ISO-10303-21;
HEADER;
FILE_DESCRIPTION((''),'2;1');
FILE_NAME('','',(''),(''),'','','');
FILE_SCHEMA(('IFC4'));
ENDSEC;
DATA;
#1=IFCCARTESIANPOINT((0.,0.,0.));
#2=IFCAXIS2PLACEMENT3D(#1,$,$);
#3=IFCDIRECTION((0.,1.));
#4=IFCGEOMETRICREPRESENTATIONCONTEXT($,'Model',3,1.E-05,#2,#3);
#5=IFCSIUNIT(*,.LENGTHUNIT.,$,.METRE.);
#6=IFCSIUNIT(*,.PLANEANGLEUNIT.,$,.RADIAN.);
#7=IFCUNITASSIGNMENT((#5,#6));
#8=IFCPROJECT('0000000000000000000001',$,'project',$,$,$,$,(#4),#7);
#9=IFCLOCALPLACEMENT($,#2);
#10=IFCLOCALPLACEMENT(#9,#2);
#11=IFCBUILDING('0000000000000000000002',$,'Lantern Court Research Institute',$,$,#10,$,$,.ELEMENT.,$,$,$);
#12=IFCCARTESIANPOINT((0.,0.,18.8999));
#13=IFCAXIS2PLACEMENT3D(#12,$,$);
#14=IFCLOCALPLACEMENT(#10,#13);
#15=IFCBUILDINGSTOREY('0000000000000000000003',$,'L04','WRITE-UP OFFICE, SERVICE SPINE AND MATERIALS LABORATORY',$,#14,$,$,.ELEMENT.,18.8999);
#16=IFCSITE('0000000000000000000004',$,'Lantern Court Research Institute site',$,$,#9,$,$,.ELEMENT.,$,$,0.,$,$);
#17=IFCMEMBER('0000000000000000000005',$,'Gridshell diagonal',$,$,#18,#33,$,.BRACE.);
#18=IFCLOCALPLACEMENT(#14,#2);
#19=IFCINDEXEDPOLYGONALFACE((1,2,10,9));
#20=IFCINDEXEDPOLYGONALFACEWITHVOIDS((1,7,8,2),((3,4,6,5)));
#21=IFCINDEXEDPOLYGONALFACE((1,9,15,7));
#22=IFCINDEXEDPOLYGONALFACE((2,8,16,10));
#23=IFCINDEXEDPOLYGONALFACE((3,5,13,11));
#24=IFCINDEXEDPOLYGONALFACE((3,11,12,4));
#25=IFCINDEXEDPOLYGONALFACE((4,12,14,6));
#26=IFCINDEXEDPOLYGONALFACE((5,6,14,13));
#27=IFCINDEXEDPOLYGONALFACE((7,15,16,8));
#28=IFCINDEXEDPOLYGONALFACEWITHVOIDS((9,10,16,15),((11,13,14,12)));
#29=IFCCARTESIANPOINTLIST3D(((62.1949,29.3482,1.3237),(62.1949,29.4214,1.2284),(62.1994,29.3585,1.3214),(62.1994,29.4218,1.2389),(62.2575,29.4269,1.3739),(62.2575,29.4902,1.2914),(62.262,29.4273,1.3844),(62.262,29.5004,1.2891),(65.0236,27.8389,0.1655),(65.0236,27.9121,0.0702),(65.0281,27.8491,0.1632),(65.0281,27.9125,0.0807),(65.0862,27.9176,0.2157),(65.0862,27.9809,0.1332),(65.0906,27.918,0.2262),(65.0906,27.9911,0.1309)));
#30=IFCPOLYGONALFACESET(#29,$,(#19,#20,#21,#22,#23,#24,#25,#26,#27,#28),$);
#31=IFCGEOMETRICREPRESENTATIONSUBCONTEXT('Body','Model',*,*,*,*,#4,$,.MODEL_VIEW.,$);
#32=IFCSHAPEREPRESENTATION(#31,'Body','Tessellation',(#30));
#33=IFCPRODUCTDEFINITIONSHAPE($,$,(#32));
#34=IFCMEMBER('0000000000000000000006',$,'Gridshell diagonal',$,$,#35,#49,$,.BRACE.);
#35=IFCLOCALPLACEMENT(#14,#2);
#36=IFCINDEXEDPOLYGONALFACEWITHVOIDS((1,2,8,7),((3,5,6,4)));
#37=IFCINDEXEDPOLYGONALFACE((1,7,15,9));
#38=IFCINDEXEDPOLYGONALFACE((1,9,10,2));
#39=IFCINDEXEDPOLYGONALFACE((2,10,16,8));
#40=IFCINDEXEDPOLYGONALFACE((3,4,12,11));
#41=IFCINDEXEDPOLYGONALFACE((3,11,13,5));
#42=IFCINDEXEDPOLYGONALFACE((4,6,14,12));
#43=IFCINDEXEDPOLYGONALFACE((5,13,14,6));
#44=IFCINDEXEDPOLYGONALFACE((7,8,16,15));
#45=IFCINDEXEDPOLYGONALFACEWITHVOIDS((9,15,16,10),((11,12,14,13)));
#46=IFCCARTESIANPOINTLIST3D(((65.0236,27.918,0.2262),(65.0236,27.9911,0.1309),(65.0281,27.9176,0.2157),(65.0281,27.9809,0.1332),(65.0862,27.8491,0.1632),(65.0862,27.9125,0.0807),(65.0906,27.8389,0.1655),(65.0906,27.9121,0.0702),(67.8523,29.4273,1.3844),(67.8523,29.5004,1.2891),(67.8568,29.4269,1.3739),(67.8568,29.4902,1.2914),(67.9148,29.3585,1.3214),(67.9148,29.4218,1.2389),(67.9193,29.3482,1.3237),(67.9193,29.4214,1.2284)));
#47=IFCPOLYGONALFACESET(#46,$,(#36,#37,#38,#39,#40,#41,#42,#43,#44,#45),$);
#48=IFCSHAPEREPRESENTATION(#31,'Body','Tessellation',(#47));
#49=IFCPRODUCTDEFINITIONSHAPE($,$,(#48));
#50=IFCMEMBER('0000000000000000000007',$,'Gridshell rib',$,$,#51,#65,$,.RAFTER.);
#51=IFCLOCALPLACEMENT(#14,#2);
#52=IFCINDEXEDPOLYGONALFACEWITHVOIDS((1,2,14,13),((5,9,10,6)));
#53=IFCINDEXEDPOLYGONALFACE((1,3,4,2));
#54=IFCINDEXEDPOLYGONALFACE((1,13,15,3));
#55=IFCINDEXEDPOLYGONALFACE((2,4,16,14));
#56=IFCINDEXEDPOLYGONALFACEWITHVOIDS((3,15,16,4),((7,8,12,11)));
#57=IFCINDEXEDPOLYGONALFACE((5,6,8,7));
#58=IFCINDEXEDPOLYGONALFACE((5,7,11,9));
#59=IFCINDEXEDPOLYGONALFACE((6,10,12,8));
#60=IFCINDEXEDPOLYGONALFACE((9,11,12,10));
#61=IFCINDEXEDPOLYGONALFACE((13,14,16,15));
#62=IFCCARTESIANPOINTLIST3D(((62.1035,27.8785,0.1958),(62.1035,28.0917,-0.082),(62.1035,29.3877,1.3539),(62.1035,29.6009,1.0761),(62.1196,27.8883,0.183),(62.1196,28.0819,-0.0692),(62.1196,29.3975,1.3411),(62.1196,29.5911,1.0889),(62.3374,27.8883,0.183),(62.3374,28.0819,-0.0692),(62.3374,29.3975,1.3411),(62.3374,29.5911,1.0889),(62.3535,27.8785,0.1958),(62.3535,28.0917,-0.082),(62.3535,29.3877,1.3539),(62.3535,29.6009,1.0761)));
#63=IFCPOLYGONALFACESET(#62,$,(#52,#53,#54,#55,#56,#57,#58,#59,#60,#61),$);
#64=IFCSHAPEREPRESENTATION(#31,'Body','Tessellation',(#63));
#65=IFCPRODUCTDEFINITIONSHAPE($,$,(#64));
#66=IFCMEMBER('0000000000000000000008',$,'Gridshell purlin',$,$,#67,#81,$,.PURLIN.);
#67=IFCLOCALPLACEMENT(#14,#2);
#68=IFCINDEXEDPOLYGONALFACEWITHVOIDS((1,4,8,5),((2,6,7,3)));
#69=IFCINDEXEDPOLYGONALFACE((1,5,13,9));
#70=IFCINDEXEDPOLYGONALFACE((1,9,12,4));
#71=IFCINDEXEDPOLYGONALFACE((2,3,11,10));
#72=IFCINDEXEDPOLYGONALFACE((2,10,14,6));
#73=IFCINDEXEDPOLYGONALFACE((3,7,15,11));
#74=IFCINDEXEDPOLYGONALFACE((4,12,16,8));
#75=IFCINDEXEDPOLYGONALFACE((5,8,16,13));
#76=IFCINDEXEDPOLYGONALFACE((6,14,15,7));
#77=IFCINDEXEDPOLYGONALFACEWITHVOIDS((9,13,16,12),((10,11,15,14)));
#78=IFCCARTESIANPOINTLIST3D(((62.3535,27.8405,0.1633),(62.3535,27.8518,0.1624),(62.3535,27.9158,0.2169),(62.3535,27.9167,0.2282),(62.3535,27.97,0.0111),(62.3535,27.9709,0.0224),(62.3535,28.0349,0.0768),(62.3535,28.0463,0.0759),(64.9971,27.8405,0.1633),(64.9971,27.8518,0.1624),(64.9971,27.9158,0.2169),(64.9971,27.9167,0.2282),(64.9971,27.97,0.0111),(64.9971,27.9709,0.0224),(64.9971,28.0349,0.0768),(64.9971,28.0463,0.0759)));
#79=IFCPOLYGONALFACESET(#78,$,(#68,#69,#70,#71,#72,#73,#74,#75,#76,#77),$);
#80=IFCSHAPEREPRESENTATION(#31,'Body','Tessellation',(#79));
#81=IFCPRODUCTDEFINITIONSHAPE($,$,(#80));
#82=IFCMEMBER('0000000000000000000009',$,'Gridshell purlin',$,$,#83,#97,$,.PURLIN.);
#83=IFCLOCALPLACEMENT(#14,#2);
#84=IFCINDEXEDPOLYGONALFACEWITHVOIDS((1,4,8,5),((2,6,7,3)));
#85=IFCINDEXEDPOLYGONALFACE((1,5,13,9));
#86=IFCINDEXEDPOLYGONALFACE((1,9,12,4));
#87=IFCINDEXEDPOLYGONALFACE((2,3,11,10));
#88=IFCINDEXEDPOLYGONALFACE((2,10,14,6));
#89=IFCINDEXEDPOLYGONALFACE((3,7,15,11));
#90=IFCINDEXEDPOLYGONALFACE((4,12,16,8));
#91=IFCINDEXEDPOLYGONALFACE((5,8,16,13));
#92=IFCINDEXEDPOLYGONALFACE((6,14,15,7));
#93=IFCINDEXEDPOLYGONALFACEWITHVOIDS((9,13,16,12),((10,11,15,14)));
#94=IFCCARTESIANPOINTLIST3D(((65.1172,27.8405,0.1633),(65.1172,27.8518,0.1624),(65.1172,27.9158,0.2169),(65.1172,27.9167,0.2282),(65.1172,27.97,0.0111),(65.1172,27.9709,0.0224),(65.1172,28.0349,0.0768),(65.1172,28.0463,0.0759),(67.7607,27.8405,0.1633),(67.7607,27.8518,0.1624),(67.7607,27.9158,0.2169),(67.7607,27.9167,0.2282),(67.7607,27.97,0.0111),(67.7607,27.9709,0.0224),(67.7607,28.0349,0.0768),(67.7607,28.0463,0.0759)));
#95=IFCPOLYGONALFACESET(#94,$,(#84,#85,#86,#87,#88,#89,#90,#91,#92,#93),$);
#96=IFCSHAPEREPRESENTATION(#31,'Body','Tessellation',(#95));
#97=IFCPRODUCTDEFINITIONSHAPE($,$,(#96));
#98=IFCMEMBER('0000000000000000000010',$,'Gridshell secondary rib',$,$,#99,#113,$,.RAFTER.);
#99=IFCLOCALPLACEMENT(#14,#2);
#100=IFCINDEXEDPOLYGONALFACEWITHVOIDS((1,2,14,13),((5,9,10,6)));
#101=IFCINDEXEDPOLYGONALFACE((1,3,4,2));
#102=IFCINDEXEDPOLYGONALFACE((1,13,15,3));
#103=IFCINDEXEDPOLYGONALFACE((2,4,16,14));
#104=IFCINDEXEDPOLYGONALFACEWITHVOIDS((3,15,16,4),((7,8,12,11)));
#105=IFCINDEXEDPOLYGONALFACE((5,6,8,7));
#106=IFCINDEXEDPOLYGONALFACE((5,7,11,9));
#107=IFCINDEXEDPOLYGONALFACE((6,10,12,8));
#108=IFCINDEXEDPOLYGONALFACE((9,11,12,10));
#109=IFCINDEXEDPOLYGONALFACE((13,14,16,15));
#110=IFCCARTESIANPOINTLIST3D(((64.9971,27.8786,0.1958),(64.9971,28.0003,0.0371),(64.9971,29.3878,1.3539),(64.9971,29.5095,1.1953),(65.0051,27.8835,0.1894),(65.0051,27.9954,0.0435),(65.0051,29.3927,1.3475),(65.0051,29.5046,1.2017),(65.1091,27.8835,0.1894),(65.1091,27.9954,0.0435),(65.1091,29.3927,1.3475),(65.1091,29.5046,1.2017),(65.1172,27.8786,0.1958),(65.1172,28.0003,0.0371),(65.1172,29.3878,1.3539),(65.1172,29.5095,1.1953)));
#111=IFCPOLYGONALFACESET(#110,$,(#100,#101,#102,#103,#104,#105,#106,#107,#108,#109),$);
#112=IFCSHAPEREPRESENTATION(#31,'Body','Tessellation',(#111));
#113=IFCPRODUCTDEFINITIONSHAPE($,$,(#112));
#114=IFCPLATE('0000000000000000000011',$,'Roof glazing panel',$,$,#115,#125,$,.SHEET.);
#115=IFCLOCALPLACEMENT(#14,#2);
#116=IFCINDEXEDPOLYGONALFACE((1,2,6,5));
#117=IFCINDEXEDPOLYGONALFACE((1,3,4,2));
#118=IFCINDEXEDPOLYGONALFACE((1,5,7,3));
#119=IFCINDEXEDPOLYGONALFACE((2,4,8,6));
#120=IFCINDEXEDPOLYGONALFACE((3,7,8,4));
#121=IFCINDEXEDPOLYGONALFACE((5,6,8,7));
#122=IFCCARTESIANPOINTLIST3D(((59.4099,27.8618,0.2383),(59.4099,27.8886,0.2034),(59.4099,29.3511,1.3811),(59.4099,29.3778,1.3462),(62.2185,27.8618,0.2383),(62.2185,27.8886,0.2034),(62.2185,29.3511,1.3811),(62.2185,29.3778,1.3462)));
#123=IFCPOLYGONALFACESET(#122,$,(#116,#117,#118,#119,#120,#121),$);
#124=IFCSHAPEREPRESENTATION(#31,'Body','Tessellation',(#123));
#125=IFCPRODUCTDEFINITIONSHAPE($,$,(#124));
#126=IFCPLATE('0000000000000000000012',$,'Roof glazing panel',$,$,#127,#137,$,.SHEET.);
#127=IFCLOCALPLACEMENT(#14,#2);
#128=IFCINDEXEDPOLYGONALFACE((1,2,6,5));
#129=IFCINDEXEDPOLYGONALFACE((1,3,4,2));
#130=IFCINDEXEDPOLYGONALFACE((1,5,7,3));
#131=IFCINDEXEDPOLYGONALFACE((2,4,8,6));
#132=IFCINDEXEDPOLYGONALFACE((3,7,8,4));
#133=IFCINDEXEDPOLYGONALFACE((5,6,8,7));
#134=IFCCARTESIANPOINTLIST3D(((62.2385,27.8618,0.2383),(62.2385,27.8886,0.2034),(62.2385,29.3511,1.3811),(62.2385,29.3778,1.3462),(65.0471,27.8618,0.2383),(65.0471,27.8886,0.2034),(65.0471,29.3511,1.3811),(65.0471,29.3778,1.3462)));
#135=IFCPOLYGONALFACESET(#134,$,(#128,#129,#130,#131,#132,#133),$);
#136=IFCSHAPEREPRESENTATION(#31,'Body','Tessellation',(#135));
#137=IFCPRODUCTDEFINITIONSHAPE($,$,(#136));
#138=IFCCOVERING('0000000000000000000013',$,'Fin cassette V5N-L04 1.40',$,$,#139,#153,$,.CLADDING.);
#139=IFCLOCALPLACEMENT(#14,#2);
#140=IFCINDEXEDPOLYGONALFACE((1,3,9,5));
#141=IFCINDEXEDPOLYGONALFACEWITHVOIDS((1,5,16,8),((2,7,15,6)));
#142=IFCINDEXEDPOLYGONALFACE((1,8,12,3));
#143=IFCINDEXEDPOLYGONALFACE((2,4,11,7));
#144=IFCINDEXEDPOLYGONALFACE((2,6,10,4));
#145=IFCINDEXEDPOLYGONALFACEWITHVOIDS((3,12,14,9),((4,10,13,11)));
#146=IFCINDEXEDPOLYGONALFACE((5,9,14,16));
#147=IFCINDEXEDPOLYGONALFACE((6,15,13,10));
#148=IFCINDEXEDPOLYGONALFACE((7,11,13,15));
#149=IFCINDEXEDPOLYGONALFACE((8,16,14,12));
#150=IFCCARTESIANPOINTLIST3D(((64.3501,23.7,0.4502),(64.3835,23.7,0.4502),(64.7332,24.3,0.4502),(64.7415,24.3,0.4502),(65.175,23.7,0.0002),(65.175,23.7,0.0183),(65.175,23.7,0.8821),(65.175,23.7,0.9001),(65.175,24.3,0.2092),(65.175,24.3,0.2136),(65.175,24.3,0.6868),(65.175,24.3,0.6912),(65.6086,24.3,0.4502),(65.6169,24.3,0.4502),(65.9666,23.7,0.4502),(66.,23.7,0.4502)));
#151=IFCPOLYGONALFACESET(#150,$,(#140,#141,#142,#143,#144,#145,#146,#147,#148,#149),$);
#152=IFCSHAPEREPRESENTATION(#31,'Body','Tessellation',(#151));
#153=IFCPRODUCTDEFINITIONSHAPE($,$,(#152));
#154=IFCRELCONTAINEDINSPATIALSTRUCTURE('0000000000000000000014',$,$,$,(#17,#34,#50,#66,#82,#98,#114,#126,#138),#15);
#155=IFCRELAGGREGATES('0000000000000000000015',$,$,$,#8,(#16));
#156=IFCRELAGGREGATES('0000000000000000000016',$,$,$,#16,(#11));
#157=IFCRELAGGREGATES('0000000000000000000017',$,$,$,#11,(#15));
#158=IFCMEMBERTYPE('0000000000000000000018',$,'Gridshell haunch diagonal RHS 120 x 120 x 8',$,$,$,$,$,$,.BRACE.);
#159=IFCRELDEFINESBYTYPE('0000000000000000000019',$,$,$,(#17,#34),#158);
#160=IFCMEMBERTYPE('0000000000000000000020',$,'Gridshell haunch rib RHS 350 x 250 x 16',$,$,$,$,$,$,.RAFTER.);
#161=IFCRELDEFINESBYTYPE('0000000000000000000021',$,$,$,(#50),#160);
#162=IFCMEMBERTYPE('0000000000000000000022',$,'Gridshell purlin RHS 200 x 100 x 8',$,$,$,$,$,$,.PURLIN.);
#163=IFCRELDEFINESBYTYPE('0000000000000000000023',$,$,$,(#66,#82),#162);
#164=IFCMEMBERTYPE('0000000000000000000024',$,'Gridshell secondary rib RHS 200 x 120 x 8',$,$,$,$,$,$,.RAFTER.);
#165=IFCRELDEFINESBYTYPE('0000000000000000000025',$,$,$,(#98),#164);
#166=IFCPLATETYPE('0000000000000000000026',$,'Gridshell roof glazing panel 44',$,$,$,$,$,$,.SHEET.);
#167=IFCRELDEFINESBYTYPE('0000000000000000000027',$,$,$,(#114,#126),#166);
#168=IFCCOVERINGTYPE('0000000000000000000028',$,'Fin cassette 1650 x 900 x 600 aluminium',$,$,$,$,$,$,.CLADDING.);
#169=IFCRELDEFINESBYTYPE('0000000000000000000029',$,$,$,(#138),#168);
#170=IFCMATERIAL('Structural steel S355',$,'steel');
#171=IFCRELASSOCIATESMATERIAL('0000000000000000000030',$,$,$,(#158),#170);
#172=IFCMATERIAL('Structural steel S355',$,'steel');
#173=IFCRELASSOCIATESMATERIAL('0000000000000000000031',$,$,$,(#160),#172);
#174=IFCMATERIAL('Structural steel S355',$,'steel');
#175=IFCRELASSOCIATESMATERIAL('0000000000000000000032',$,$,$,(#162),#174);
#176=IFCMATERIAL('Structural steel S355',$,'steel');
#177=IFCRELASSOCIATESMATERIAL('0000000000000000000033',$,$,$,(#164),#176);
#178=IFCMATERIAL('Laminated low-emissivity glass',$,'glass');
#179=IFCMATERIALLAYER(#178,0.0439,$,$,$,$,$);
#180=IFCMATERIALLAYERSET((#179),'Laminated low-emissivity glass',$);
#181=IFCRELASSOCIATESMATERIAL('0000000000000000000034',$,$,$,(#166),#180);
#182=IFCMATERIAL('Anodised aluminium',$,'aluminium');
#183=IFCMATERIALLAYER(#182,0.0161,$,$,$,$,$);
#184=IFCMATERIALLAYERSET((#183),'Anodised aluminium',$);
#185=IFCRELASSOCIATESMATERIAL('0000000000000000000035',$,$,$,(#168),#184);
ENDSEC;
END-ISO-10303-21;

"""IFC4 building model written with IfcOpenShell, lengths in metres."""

from ifc_helpers import new_model, entity, si_unit, direction, frame, origin, origin_2d, place, context, subcontext, project, spatial, polyline, hollow_rectangle, outline, extrude, material, layer, layer_set, material_profile, profile_set, type_object, element, save


model = new_model("IFC4")

# Units and contexts
model_context = context("Model", 3, precision=1e-05, world=origin(), true_north=direction((0.0, 1.0)))
body_context = subcontext(model_context, "Body", "Model", "MODEL_VIEW")
ifc_project = project(units=[si_unit("LENGTHUNIT", "METRE"), si_unit("PLANEANGLEUNIT", "RADIAN")], contexts=[model_context])

# Site, building, storey
site_placement = place(None, origin())
site = spatial("IfcSite", under=ifc_project, at=site_placement, Name="Lantern Court Research Institute site", CompositionType="ELEMENT", RefElevation=0.0)
building_placement = place(site_placement, origin())
building = spatial("IfcBuilding", under=site, at=building_placement, Name="Lantern Court Research Institute", CompositionType="ELEMENT")
storey_placement = place(building_placement, frame((0.0, 0.0, 18.8999)))
storey = spatial("IfcBuildingStorey", under=building, at=storey_placement, Name="L04", Description="WRITE-UP OFFICE, SERVICE SPINE AND MATERIALS LABORATORY", CompositionType="ELEMENT", Elevation=18.8999)

# Members
ifc_material_1 = material(Name="Structural steel S355", Category="steel")
ifc_material_profile_1 = material_profile(ifc_material_1, hollow_rectangle(XDim=0.1201, YDim=0.1201, WallThickness=0.0081, at=origin_2d()), Name="Gridshell haunch diagonal RHS 120 x 120 x 8")
ifc_profile_set_1 = profile_set([ifc_material_profile_1], Name="Structural steel S355")
member_type_1 = type_object("IfcMemberType", Name="Gridshell haunch diagonal RHS 120 x 120 x 8", PredefinedType="BRACE", material=ifc_profile_set_1)
for number, where, z_axis, x_axis, name in (
    (1, (65.0571, 27.915, 0.1482), (-0.82978, 0.44275, 0.339761), (-0.558091, -0.65828, -0.505176), "Gridshell diagonal"),
    (2, (65.0571, 27.915, 0.1482), (0.82978, 0.44275, 0.339761), (-0.558091, 0.65828, 0.505176), "Gridshell diagonal"),
):
    element("IfcMember", number, at=place(storey_placement, frame(where, z_axis=z_axis, x_axis=x_axis)), inside=storey, type_object=member_type_1, Name=name, PredefinedType="BRACE", context=body_context, shape_type="SweptSolid", body=[
        extrude(hollow_rectangle(XDim=0.1201, YDim=0.1201, WallThickness=0.0081, at=origin_2d()), origin(), (0.0, 0.0, 1.0), 3.4089),
    ])
ifc_material_2 = material(Name="Structural steel S355", Category="steel")
ifc_material_profile_2 = material_profile(ifc_material_2, hollow_rectangle(XDim=0.25, YDim=0.3501, WallThickness=0.0161, at=origin_2d()), Name="Gridshell haunch rib RHS 350 x 250 x 16")
ifc_profile_set_2 = profile_set([ifc_material_profile_2], Name="Structural steel S355")
member_type_2 = type_object("IfcMemberType", Name="Gridshell haunch rib RHS 350 x 250 x 16", PredefinedType="RAFTER", material=ifc_profile_set_2)
member_1_placement = place(storey_placement, frame((62.2285, 27.9851, 0.0569), z_axis=(0.0, 0.79333, 0.608792), x_axis=(-1.0, 0.0, 0.0)))
element("IfcMember", 3, at=member_1_placement, inside=storey, type_object=member_type_2, Name="Gridshell rib", PredefinedType="RAFTER", context=body_context, shape_type="SweptSolid", body=[
    extrude(hollow_rectangle(XDim=0.25, YDim=0.3501, WallThickness=0.0161, at=origin_2d()), origin(), (0.0, 0.0, 1.0), 1.9023),
])
ifc_material_3 = material(Name="Structural steel S355", Category="steel")
ifc_material_profile_3 = material_profile(ifc_material_3, hollow_rectangle(XDim=0.1001, YDim=0.2, WallThickness=0.0081, at=origin_2d()), Name="Gridshell purlin RHS 200 x 100 x 8")
ifc_profile_set_3 = profile_set([ifc_material_profile_3], Name="Structural steel S355")
member_type_3 = type_object("IfcMemberType", Name="Gridshell purlin RHS 200 x 100 x 8", PredefinedType="PURLIN", material=ifc_profile_set_3)
for number, where, z_axis, x_axis, name in (
    (4, (62.3535, 27.9434, 0.1196), (1.0, 0.0, 0.0), (0.0, 0.761673, 0.647962), "Gridshell purlin"),
    (5, (65.1172, 27.9434, 0.1196), (1.0, 0.0, 0.0), (0.0, 0.761673, 0.647962), "Gridshell purlin"),
):
    element("IfcMember", number, at=place(storey_placement, frame(where, z_axis=z_axis, x_axis=x_axis)), inside=storey, type_object=member_type_3, Name=name, PredefinedType="PURLIN", context=body_context, shape_type="SweptSolid", body=[
        extrude(hollow_rectangle(XDim=0.1001, YDim=0.2, WallThickness=0.0081, at=origin_2d()), origin(), (0.0, 0.0, 1.0), 2.6436),
    ])
ifc_material_4 = material(Name="Structural steel S355", Category="steel")
ifc_material_profile_4 = material_profile(ifc_material_4, hollow_rectangle(XDim=0.1201, YDim=0.2, WallThickness=0.0081, at=origin_2d()), Name="Gridshell secondary rib RHS 200 x 120 x 8")
ifc_profile_set_4 = profile_set([ifc_material_profile_4], Name="Structural steel S355")
member_type_4 = type_object("IfcMemberType", Name="Gridshell secondary rib RHS 200 x 120 x 8", PredefinedType="RAFTER", material=ifc_profile_set_4)
member_2_placement = place(storey_placement, frame((65.0571, 27.9395, 0.1165), z_axis=(0.0, 0.79333, 0.608792), x_axis=(-1.0, 0.0, 0.0)))
element("IfcMember", 6, at=member_2_placement, inside=storey, type_object=member_type_4, Name="Gridshell secondary rib", PredefinedType="RAFTER", context=body_context, shape_type="SweptSolid", body=[
    extrude(hollow_rectangle(XDim=0.1201, YDim=0.2, WallThickness=0.0081, at=origin_2d()), origin(), (0.0, 0.0, 1.0), 1.9023),
])

# Plates
ifc_material_5 = material(Name="Laminated low-emissivity glass", Category="glass")
ifc_layer_1 = layer(ifc_material_5, 0.0439)
ifc_layer_set_1 = layer_set([ifc_layer_1], Name="Laminated low-emissivity glass")
plate_type = type_object("IfcPlateType", Name="Gridshell roof glazing panel 44", PredefinedType="SHEET", material=ifc_layer_set_1)
for number, where, z_axis, x_axis, name in (
    (7, (62.2185, 27.8618, 0.2383), (0.0, -0.608786, 0.793334), (-1.0, 0.0, 0.0), "Roof glazing panel"),
    (8, (65.0471, 27.8618, 0.2383), (0.0, -0.608786, 0.793334), (-1.0, 0.0, 0.0), "Roof glazing panel"),
):
    element("IfcPlate", number, at=place(storey_placement, frame(where, z_axis=z_axis, x_axis=x_axis)), inside=storey, type_object=plate_type, Name=name, PredefinedType="SHEET", context=body_context, shape_type="SweptSolid", body=[
        extrude(outline(polyline([(0.0, 0.0), (2.8086, 0.0), (2.8086, -1.8772), (0.0, -1.8772), (0.0, 0.0)])), origin(), (0.0, 0.0, -1.0), 0.0439),
    ])

# Covering
ifc_material_6 = material(Name="Anodised aluminium", Category="aluminium")
ifc_layer_2 = layer(ifc_material_6, 0.0161)
ifc_layer_set_2 = layer_set([ifc_layer_2], Name="Anodised aluminium")
covering_type_1 = type_object("IfcCoveringType", Name="Fin cassette 1650 x 900 x 600 aluminium", PredefinedType="CLADDING", material=ifc_layer_set_2)
covering_1_placement = place(storey_placement, frame((65.175, 23.7, 0.4502), z_axis=(0.0, 1.0, 0.0), x_axis=(-1.0, 0.0, 0.0)))
cartesian_point_1 = entity("IfcCartesianPoint", [0.825, 0.0])
cartesian_point_2 = entity("IfcCartesianPoint", [0.7915, 0.0])
cartesian_point_3 = entity("IfcCartesianPoint", [0.4419, 0.0])
cartesian_point_4 = entity("IfcCartesianPoint", [0.4336, 0.0])
element("IfcCovering", 9, at=covering_1_placement, inside=storey, type_object=covering_type_1, Name="Fin cassette V5N-L04 1.40", PredefinedType="CLADDING", context=body_context, shape_type="SweptSolid", body=[
    entity("IfcExtrudedAreaSolidTapered", entity("IfcArbitraryProfileDefWithVoids", "AREA", None, entity("IfcPolyline", [cartesian_point_1, entity("IfcCartesianPoint", [0.0, 0.45]), entity("IfcCartesianPoint", [-0.825, 0.0]), entity("IfcCartesianPoint", [0.0, -0.45]), cartesian_point_1]), [entity("IfcPolyline", [cartesian_point_2, entity("IfcCartesianPoint", [0.0, 0.4319]), entity("IfcCartesianPoint", [-0.7915, 0.0]), entity("IfcCartesianPoint", [0.0, -0.4319]), cartesian_point_2])]), entity("IfcAxis2Placement3D", entity("IfcCartesianPoint", [0.0, 0.0, 0.0])), entity("IfcDirection", [0.0, 0.0, 1.0]), 0.6001, entity("IfcArbitraryProfileDefWithVoids", "AREA", None, entity("IfcPolyline", [cartesian_point_3, entity("IfcCartesianPoint", [0.0, 0.241]), entity("IfcCartesianPoint", [-0.4419, 0.0]), entity("IfcCartesianPoint", [0.0, -0.241]), cartesian_point_3]), [entity("IfcPolyline", [cartesian_point_4, entity("IfcCartesianPoint", [0.0, 0.2366]), entity("IfcCartesianPoint", [-0.4336, 0.0]), entity("IfcCartesianPoint", [0.0, -0.2366]), cartesian_point_4])])),
])

save(model, "model.ifc")
